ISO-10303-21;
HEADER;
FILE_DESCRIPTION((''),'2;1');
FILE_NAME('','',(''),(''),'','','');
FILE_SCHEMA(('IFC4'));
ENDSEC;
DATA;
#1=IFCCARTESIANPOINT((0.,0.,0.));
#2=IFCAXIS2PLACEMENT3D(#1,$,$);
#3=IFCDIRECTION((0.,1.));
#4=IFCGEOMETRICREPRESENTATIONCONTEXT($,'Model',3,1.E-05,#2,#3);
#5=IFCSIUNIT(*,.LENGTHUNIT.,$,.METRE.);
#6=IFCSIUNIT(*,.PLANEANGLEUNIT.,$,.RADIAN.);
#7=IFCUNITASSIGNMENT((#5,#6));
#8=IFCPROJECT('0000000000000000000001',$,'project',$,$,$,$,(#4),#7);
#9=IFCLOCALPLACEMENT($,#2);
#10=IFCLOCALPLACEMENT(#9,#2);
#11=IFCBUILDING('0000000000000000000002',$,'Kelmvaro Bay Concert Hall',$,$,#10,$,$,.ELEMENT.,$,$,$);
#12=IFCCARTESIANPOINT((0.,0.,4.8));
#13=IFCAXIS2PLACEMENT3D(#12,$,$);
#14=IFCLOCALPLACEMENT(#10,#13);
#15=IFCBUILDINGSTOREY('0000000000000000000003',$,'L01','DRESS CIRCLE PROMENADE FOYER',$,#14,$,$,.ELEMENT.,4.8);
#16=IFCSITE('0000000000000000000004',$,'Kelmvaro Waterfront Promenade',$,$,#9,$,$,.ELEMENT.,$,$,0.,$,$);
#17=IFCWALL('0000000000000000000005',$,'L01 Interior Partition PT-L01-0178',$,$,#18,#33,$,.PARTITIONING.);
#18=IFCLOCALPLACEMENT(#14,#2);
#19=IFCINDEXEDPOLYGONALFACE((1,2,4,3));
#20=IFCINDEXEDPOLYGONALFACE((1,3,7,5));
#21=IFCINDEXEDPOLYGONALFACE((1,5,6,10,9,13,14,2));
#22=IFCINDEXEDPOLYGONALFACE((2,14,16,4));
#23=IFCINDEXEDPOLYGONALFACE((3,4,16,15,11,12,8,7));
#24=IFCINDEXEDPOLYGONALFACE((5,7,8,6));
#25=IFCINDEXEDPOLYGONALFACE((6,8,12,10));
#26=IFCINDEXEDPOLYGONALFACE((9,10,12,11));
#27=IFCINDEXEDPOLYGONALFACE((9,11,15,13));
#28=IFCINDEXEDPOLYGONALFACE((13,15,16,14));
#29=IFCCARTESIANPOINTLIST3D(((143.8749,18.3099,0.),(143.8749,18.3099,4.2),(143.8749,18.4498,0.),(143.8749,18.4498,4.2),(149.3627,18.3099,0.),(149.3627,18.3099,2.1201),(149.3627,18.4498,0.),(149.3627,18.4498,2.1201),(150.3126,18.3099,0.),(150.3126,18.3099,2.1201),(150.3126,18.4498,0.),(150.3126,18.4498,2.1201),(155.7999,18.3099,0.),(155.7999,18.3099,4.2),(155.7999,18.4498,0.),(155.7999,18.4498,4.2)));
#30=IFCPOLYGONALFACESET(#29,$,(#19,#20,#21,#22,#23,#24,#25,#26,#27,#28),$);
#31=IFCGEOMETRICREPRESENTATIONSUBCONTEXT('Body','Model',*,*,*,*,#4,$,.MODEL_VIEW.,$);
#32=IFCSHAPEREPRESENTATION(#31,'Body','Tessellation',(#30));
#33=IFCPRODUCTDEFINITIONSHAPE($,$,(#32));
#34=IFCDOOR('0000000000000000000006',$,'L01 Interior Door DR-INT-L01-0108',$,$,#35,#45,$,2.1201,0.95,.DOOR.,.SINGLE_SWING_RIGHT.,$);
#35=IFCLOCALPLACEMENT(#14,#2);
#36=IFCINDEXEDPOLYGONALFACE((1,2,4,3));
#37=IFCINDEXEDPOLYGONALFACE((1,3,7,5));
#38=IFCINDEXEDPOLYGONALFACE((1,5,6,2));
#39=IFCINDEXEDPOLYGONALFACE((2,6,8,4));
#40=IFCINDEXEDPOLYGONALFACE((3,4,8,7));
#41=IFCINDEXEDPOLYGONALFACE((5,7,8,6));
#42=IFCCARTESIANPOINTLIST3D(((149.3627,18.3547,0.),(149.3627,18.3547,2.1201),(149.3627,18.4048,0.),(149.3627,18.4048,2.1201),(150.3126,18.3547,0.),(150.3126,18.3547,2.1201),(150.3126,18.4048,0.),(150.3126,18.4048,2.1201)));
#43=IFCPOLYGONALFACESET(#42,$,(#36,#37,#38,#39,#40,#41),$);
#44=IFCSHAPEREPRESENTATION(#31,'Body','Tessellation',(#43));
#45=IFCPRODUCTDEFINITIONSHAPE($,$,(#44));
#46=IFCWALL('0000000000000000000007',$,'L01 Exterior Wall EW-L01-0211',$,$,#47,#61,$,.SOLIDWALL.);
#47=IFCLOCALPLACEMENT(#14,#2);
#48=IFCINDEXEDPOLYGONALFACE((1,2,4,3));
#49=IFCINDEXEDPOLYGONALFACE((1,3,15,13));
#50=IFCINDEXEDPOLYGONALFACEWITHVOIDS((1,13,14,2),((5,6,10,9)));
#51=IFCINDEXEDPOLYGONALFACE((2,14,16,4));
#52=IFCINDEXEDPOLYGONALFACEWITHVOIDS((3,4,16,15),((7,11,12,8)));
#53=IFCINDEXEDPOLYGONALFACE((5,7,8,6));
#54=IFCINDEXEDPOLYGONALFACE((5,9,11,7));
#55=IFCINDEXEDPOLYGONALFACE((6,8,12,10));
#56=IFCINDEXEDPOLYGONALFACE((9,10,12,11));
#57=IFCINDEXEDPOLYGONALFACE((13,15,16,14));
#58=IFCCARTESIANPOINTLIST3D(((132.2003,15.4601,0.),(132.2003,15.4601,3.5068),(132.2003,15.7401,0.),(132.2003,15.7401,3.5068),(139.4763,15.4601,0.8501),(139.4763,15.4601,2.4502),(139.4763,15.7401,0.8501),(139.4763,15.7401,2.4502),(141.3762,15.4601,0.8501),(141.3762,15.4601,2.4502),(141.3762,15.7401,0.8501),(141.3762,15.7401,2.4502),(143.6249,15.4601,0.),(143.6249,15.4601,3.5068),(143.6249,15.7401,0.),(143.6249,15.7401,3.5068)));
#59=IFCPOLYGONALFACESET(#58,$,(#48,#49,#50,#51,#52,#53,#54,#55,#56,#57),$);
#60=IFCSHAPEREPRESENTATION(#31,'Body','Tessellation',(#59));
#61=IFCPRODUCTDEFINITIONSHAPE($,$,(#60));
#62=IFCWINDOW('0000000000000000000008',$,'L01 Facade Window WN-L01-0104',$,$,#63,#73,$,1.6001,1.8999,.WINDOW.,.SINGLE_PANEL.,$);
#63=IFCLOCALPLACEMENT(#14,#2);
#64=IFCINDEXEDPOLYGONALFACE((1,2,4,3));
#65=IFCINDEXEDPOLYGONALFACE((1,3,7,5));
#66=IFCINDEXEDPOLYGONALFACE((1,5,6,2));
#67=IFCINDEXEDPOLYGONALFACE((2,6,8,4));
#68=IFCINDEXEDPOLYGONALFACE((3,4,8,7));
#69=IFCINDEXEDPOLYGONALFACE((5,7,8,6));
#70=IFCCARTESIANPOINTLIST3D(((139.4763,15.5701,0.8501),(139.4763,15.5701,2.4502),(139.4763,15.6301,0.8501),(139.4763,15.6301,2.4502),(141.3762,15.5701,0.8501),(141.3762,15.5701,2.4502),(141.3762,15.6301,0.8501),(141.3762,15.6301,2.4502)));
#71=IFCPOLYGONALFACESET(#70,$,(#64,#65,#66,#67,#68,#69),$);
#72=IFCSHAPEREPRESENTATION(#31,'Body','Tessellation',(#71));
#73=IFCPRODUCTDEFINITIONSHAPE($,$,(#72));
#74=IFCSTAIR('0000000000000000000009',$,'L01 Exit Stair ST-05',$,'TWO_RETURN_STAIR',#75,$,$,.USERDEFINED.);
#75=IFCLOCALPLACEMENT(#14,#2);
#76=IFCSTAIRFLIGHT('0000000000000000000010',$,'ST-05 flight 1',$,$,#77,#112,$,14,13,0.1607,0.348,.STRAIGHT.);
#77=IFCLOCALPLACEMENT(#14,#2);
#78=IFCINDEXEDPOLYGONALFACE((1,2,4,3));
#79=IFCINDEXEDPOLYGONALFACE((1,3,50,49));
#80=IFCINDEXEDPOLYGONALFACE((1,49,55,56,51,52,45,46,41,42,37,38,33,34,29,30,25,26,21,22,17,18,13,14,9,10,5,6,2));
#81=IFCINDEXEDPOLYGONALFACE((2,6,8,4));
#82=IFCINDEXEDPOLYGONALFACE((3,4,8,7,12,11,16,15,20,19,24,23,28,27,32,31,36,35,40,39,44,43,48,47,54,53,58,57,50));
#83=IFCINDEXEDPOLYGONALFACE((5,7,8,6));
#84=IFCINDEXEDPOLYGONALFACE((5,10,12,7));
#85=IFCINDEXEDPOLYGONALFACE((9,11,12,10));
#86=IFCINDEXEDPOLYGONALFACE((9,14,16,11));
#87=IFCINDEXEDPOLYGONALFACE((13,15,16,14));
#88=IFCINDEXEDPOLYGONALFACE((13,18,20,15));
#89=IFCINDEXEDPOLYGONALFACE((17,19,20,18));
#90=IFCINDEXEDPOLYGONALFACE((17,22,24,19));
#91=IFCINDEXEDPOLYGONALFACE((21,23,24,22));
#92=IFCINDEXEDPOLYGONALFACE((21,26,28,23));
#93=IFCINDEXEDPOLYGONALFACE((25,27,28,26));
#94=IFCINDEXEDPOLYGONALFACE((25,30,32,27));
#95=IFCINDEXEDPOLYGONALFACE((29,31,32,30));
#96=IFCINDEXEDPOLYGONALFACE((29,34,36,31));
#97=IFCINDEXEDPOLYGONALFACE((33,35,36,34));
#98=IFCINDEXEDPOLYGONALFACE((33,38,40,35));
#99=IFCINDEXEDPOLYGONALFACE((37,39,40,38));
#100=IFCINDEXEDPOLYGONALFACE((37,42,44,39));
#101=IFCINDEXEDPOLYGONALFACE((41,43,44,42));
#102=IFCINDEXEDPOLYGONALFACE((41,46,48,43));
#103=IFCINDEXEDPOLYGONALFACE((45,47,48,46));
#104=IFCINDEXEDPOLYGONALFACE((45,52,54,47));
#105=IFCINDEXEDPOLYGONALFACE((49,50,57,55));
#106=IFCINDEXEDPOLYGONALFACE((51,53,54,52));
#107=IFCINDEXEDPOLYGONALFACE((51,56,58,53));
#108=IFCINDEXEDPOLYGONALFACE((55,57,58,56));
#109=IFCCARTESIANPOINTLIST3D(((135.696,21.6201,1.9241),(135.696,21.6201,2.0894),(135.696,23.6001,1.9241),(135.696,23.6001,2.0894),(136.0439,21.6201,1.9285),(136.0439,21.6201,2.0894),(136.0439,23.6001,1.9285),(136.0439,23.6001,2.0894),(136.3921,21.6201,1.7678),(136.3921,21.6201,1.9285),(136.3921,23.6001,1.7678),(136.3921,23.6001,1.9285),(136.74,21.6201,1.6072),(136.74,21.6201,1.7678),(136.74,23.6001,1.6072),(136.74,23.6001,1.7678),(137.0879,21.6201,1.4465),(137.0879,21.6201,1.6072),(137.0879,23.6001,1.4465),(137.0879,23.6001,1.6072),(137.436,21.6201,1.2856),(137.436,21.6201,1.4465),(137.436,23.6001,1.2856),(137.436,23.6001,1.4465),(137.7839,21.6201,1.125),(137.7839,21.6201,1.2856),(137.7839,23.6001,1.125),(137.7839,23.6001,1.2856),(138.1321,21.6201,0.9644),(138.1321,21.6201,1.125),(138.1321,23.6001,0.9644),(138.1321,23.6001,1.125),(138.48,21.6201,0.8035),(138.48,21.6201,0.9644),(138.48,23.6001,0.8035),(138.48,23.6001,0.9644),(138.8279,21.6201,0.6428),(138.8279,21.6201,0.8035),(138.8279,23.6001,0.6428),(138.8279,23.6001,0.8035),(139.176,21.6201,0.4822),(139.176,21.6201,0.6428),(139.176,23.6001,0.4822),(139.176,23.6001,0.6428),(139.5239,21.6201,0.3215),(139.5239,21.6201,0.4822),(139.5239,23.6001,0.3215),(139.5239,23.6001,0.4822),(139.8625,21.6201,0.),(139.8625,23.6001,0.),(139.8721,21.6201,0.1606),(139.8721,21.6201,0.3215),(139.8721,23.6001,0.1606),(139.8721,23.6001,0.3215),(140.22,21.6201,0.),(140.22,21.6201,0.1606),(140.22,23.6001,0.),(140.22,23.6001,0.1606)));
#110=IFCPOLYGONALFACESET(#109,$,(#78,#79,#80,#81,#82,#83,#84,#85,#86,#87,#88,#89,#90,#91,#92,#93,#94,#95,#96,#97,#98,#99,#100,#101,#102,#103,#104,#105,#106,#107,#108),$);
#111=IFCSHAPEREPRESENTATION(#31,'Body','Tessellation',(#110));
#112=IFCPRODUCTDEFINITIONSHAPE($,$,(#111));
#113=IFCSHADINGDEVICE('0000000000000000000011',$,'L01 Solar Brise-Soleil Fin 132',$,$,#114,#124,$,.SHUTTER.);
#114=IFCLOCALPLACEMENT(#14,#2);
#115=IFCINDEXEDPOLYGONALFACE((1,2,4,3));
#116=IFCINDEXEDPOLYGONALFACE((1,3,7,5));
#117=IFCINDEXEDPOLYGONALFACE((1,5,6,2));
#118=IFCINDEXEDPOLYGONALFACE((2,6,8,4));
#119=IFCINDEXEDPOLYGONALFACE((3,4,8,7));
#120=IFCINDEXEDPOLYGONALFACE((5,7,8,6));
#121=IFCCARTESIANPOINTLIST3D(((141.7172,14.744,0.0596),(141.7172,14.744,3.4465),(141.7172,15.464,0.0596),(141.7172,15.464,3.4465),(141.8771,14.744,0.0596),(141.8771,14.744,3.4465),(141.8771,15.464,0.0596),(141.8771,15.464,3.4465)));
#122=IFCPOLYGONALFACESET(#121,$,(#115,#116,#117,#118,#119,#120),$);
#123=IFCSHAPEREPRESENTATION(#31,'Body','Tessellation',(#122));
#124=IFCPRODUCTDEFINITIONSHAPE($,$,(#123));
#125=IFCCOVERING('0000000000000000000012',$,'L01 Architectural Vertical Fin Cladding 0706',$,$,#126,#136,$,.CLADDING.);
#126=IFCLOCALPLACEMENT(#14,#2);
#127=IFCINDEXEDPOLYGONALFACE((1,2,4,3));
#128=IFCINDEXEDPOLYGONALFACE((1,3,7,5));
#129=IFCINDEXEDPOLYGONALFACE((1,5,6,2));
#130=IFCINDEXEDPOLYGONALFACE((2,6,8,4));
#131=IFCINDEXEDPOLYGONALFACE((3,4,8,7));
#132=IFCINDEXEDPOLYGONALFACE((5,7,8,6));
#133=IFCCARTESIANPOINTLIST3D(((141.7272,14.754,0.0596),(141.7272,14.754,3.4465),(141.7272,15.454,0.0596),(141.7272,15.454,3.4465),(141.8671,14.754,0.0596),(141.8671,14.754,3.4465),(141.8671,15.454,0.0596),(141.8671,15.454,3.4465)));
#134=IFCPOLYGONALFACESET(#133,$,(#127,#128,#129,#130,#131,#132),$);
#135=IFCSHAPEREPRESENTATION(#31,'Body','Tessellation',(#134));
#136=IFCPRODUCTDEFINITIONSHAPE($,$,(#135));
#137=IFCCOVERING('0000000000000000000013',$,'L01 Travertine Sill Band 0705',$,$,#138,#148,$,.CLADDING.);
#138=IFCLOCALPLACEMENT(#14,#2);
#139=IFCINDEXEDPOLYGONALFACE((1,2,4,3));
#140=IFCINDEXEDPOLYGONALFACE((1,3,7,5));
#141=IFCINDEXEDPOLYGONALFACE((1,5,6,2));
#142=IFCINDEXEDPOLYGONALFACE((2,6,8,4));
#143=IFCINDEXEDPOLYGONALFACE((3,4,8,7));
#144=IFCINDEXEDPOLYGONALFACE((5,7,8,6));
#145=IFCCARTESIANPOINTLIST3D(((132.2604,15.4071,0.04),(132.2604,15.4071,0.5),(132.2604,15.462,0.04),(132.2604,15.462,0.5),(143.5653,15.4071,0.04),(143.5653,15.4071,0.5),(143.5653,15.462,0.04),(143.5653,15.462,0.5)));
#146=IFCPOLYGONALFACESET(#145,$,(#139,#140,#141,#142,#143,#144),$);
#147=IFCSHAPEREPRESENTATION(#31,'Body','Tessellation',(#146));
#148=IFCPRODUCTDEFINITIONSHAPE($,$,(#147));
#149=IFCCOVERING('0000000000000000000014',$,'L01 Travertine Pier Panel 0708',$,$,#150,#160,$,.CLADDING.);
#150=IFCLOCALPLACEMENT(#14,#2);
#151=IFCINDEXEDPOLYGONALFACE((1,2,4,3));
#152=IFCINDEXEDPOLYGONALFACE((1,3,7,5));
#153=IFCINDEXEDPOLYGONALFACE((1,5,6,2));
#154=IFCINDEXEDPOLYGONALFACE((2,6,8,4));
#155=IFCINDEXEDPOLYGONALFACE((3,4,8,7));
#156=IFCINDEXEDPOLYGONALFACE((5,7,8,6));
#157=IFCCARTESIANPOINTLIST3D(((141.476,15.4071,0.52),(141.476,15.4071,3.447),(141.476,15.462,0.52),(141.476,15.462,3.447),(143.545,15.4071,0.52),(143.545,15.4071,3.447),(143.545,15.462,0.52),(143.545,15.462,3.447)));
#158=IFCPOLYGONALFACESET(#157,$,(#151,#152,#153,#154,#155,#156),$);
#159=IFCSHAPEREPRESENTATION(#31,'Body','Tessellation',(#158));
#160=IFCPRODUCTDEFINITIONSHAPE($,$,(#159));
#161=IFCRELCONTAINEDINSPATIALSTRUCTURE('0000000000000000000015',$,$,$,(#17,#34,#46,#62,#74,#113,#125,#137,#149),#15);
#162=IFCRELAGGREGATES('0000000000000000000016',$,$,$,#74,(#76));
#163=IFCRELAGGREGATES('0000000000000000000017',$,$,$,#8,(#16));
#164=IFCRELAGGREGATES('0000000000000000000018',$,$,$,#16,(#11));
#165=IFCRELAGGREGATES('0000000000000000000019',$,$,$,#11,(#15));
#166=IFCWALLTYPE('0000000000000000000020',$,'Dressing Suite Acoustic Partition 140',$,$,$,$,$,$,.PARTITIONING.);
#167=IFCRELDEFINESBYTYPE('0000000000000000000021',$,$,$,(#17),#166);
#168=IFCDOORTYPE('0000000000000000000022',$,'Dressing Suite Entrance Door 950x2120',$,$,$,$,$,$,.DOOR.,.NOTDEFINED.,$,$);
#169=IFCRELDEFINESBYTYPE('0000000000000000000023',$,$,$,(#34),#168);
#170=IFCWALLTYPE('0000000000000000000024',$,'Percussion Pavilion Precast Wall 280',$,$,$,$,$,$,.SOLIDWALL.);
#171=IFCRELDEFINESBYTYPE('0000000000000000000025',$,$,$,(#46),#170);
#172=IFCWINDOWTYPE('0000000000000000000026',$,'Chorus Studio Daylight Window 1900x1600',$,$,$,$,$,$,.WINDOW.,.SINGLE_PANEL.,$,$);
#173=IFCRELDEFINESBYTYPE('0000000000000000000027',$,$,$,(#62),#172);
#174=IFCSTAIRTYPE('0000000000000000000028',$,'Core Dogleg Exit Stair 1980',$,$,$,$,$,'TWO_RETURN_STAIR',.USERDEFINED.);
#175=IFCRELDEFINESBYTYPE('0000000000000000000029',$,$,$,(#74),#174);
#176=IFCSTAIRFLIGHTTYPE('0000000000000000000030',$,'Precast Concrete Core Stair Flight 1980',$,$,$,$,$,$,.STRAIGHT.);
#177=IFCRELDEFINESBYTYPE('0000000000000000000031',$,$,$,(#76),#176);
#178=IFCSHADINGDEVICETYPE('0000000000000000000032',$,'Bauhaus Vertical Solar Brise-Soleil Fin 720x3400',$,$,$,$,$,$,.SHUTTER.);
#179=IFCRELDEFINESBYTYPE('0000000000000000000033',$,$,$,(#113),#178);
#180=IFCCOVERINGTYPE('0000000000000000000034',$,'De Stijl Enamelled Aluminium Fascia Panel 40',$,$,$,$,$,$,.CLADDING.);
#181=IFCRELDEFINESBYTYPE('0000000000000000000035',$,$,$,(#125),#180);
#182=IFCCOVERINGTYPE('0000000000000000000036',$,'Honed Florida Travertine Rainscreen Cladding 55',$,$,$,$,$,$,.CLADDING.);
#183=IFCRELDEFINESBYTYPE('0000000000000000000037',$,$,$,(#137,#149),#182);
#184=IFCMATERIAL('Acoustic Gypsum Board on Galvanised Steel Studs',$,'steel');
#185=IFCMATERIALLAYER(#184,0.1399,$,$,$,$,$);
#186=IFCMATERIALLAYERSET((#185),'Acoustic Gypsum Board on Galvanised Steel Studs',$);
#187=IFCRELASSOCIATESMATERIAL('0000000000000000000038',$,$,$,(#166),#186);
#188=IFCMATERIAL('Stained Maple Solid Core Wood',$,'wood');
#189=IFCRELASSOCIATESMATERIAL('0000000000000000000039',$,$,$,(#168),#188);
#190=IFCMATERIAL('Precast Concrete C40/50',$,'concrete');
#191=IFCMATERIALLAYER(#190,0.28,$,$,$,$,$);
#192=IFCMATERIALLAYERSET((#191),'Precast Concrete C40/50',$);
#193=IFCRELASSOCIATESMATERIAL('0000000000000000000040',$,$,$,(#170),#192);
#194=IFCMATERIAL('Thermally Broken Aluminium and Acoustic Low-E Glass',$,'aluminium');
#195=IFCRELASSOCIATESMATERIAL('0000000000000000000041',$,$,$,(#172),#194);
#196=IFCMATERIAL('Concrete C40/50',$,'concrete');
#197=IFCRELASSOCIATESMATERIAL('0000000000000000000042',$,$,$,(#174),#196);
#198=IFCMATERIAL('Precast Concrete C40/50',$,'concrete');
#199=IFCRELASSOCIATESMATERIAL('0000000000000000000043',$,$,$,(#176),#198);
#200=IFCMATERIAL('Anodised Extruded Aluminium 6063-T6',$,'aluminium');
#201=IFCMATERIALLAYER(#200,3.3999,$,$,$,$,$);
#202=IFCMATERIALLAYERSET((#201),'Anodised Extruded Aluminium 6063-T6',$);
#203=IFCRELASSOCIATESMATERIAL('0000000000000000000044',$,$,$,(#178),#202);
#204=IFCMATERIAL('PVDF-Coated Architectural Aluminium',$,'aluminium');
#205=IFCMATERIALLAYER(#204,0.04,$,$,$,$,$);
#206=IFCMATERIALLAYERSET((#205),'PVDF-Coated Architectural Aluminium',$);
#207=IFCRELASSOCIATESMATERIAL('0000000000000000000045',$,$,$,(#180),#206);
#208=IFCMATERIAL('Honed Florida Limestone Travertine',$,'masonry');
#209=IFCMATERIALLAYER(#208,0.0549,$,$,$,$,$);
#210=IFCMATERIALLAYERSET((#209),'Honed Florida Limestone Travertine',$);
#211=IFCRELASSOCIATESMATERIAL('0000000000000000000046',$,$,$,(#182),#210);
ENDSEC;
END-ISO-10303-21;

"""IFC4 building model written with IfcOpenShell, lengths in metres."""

from ifc_helpers import new_model, si_unit, direction, frame, frame_2d, origin, origin_2d, place, context, subcontext, project, spatial, polyline, rectangle, outline, extrude, material, layer, layer_set, type_object, element, fill, aggregate, save


model = new_model("IFC4")

# Units and contexts
model_context = context("Model", 3, precision=1e-05, world=origin(), true_north=direction((0.0, 1.0)))
body_context = subcontext(model_context, "Body", "Model", "MODEL_VIEW")
ifc_project = project(units=[si_unit("LENGTHUNIT", "METRE"), si_unit("PLANEANGLEUNIT", "RADIAN")], contexts=[model_context])

# Site, building, storey
site_placement = place(None, origin())
site = spatial("IfcSite", under=ifc_project, at=site_placement, Name="Kelmvaro Waterfront Promenade", CompositionType="ELEMENT", RefElevation=0.0)
building_placement = place(site_placement, origin())
building = spatial("IfcBuilding", under=site, at=building_placement, Name="Kelmvaro Bay Concert Hall", CompositionType="ELEMENT")
storey_placement = place(building_placement, frame((0.0, 0.0, 4.8)))
storey = spatial("IfcBuildingStorey", under=building, at=storey_placement, Name="L01", Description="DRESS CIRCLE PROMENADE FOYER", CompositionType="ELEMENT", Elevation=4.8)

# Wall, opening, door
ifc_material_1 = material(Name="Acoustic Gypsum Board on Galvanised Steel Studs", Category="steel")
ifc_layer_1 = layer(ifc_material_1, 0.1399)
ifc_layer_set_1 = layer_set([ifc_layer_1], Name="Acoustic Gypsum Board on Galvanised Steel Studs")
wall_type_1 = type_object("IfcWallType", Name="Dressing Suite Acoustic Partition 140", PredefinedType="PARTITIONING", material=ifc_layer_set_1)
wall_1_placement = place(storey_placement, frame((143.875, 18.3799, 0.0), z_axis=(0.0, 0.0, 1.0), x_axis=(1.0, 0.0, 0.0)))
wall_1 = element("IfcWall", 1, at=wall_1_placement, inside=storey, type_object=wall_type_1, Name="L01 Interior Partition PT-L01-0178", PredefinedType="PARTITIONING", context=body_context, shape_type="SweptSolid", body=[
    extrude(rectangle(XDim=11.925, YDim=0.1399, at=frame_2d((5.9624, 0.0))), origin(), (0.0, 0.0, 1.0), 4.2),
])
opening_1_placement = place(wall_1_placement, frame((5.4875, 0.0, 0.0)))
opening_1 = element("IfcOpeningElement", 2, at=opening_1_placement, cuts=wall_1, PredefinedType="OPENING", context=body_context, shape_type="SweptSolid", body=[
    extrude(rectangle(XDim=0.95, YDim=2.1201, at=frame_2d((0.4751, 1.0601))), frame((0.0, 0.0798, 0.0), z_axis=(0.0, -1.0, 0.0), x_axis=(1.0, 0.0, 0.0)), (0.0, 0.0, 1.0), 0.1599),
])
ifc_material_2 = material(Name="Stained Maple Solid Core Wood", Category="wood")
door_type_1 = type_object("IfcDoorType", Name="Dressing Suite Entrance Door 950x2120", OperationType="NOTDEFINED", PredefinedType="DOOR", material=ifc_material_2)
door_1_placement = place(opening_1_placement, origin())
door_1 = element("IfcDoor", 3, at=door_1_placement, inside=storey, type_object=door_type_1, Name="L01 Interior Door DR-INT-L01-0108", OperationType="SINGLE_SWING_RIGHT", OverallHeight=2.1201, OverallWidth=0.95, PredefinedType="DOOR", context=body_context, shape_type="SweptSolid", body=[
    extrude(rectangle(XDim=0.95, YDim=2.1201, at=frame_2d((0.4751, 1.0601))), frame((0.0, 0.0249, 0.0), z_axis=(0.0, -1.0, 0.0), x_axis=(1.0, 0.0, 0.0)), (0.0, 0.0, 1.0), 0.05),
])
fill(opening_1, door_1)

# Wall, opening, window
ifc_material_3 = material(Name="Precast Concrete C40/50", Category="concrete")
ifc_layer_2 = layer(ifc_material_3, 0.28)
ifc_layer_set_2 = layer_set([ifc_layer_2], Name="Precast Concrete C40/50")
wall_type_2 = type_object("IfcWallType", Name="Percussion Pavilion Precast Wall 280", PredefinedType="SOLIDWALL", material=ifc_layer_set_2)
wall_2_placement = place(storey_placement, frame((143.625, 15.6001, 0.0), z_axis=(0.0, 0.0, 1.0), x_axis=(-1.0, 0.0, 0.0)))
wall_2 = element("IfcWall", 4, at=wall_2_placement, inside=storey, type_object=wall_type_2, Name="L01 Exterior Wall EW-L01-0211", PredefinedType="SOLIDWALL", context=body_context, shape_type="SweptSolid", body=[
    extrude(rectangle(XDim=11.4246, YDim=0.28, at=frame_2d((5.7124, 0.0))), origin(), (0.0, 0.0, 1.0), 3.5068),
])
opening_2_placement = place(wall_2_placement, frame((2.2488, 0.0, 0.8501)))
opening_2 = element("IfcOpeningElement", 5, at=opening_2_placement, cuts=wall_2, PredefinedType="OPENING", context=body_context, shape_type="SweptSolid", body=[
    extrude(rectangle(XDim=1.8999, YDim=1.6001, at=frame_2d((0.95, 0.8))), frame((0.0, 0.1499, 0.0), z_axis=(0.0, -1.0, 0.0), x_axis=(1.0, 0.0, 0.0)), (0.0, 0.0, 1.0), 0.3),
])
ifc_material_4 = material(Name="Thermally Broken Aluminium and Acoustic Low-E Glass", Category="aluminium")
window_type = type_object("IfcWindowType", Name="Chorus Studio Daylight Window 1900x1600", PartitioningType="SINGLE_PANEL", PredefinedType="WINDOW", material=ifc_material_4)
window_placement = place(opening_2_placement, origin())
window = element("IfcWindow", 6, at=window_placement, inside=storey, type_object=window_type, Name="L01 Facade Window WN-L01-0104", OverallHeight=1.6001, OverallWidth=1.8999, PartitioningType="SINGLE_PANEL", PredefinedType="WINDOW", context=body_context, shape_type="SweptSolid", body=[
    extrude(rectangle(XDim=1.8999, YDim=1.6001, at=frame_2d((0.95, 0.8))), frame((0.0, 0.03, 0.0), z_axis=(0.0, -1.0, 0.0), x_axis=(1.0, 0.0, 0.0)), (0.0, 0.0, 1.0), 0.0601),
])
fill(opening_2, window)

# Stair, stair flight
ifc_material_5 = material(Name="Concrete C40/50", Category="concrete")
stair_type = type_object("IfcStairType", Name="Core Dogleg Exit Stair 1980", ElementType="TWO_RETURN_STAIR", PredefinedType="USERDEFINED", material=ifc_material_5)
stair_placement = place(storey_placement, origin())
stair = element("IfcStair", 7, at=stair_placement, inside=storey, type_object=stair_type, Name="L01 Exit Stair ST-05", ObjectType="TWO_RETURN_STAIR", PredefinedType="USERDEFINED")
ifc_material_6 = material(Name="Precast Concrete C40/50", Category="concrete")
stair_flight_type = type_object("IfcStairFlightType", Name="Precast Concrete Core Stair Flight 1980", PredefinedType="STRAIGHT", material=ifc_material_6)
stair_flight_placement = place(storey_placement, frame((140.22, 22.6101, 0.0), z_axis=(0.0, 0.0, 1.0), x_axis=(-1.0, 0.0, 0.0)))
stair_flight = element("IfcStairFlight", 8, at=stair_flight_placement, type_object=stair_flight_type, Name="ST-05 flight 1", NumberOfRisers=14, NumberOfTreads=13, PredefinedType="STRAIGHT", RiserHeight=0.1607, TreadLength=0.348, context=body_context, shape_type="SweptSolid", body=[
    extrude(outline(polyline([(0.0, 0.0), (0.0, 0.1606), (0.3479, 0.1606), (0.3479, 0.3215), (0.696, 0.3215), (0.696, 0.4822), (1.0439, 0.4822), (1.0439, 0.6428), (1.3921, 0.6428), (1.3921, 0.8035), (1.74, 0.8035), (1.74, 0.9644), (2.0879, 0.9644), (2.0879, 1.125), (2.436, 1.125), (2.436, 1.2856), (2.7839, 1.2856), (2.7839, 1.4465), (3.1321, 1.4465), (3.1321, 1.6072), (3.48, 1.6072), (3.48, 1.7678), (3.8279, 1.7678), (3.8279, 1.9285), (4.176, 1.9285), (4.176, 2.0894), (4.5239, 2.0894), (4.5239, 2.25), (4.5239, 1.9241), (0.3574, 0.0), (0.0, 0.0)])), frame((0.0, 0.99, 0.0), z_axis=(0.0, -1.0, 0.0), x_axis=(1.0, 0.0, 0.0)), (0.0, 0.0, 1.0), 1.98),
])
aggregate(stair, [stair_flight])

# Shading device
ifc_material_7 = material(Name="Anodised Extruded Aluminium 6063-T6", Category="aluminium")
ifc_layer_3 = layer(ifc_material_7, 3.3999)
ifc_layer_set_3 = layer_set([ifc_layer_3], Name="Anodised Extruded Aluminium 6063-T6")
shading_device_type = type_object("IfcShadingDeviceType", Name="Bauhaus Vertical Solar Brise-Soleil Fin 720x3400", PredefinedType="SHUTTER", material=ifc_layer_set_3)
shading_device_placement = place(storey_placement, frame((141.7971, 15.104, 0.0596), z_axis=(0.0, 0.0, 1.0), x_axis=(-1.0, 0.0, 0.0)))
element("IfcShadingDevice", 9, at=shading_device_placement, inside=storey, type_object=shading_device_type, Name="L01 Solar Brise-Soleil Fin 132", PredefinedType="SHUTTER", context=body_context, shape_type="SweptSolid", body=[
    extrude(rectangle(XDim=0.1599, YDim=0.72, at=origin_2d()), origin(), (0.0, 0.0, 1.0), 3.387),
])

# Coverings
ifc_material_8 = material(Name="PVDF-Coated Architectural Aluminium", Category="aluminium")
ifc_layer_4 = layer(ifc_material_8, 0.04)
ifc_layer_set_4 = layer_set([ifc_layer_4], Name="PVDF-Coated Architectural Aluminium")
covering_type_1 = type_object("IfcCoveringType", Name="De Stijl Enamelled Aluminium Fascia Panel 40", PredefinedType="CLADDING", material=ifc_layer_set_4)
covering_1_placement = place(storey_placement, frame((141.7971, 15.104, 0.0596), z_axis=(0.0, 0.0, 1.0), x_axis=(-1.0, 0.0, 0.0)))
element("IfcCovering", 10, at=covering_1_placement, inside=storey, type_object=covering_type_1, Name="L01 Architectural Vertical Fin Cladding 0706", PredefinedType="CLADDING", context=body_context, shape_type="SweptSolid", body=[
    extrude(rectangle(XDim=0.1399, YDim=0.7, at=origin_2d()), origin(), (0.0, 0.0, 1.0), 3.387),
])
ifc_material_9 = material(Name="Honed Florida Limestone Travertine", Category="masonry")
ifc_layer_5 = layer(ifc_material_9, 0.0549)
ifc_layer_set_5 = layer_set([ifc_layer_5], Name="Honed Florida Limestone Travertine")
covering_type_2 = type_object("IfcCoveringType", Name="Honed Florida Travertine Rainscreen Cladding 55", PredefinedType="CLADDING", material=ifc_layer_set_5)
covering_2_placement = place(storey_placement, frame((137.9128, 15.4346, 0.04), z_axis=(0.0, 0.0, 1.0), x_axis=(-1.0, 0.0, 0.0)))
element("IfcCovering", 11, at=covering_2_placement, inside=storey, type_object=covering_type_2, Name="L01 Travertine Sill Band 0705", PredefinedType="CLADDING", context=body_context, shape_type="SweptSolid", body=[
    extrude(rectangle(XDim=11.3049, YDim=0.0549, at=origin_2d()), origin(), (0.0, 0.0, 1.0), 0.46),
])
covering_3_placement = place(storey_placement, frame((142.5105, 15.4346, 0.52), z_axis=(0.0, 0.0, 1.0), x_axis=(-1.0, 0.0, 0.0)))
element("IfcCovering", 12, at=covering_3_placement, inside=storey, type_object=covering_type_2, Name="L01 Travertine Pier Panel 0708", PredefinedType="CLADDING", context=body_context, shape_type="SweptSolid", body=[
    extrude(rectangle(XDim=2.0691, YDim=0.0549, at=origin_2d()), origin(), (0.0, 0.0, 1.0), 2.927),
])

save(model, "model.ifc")
